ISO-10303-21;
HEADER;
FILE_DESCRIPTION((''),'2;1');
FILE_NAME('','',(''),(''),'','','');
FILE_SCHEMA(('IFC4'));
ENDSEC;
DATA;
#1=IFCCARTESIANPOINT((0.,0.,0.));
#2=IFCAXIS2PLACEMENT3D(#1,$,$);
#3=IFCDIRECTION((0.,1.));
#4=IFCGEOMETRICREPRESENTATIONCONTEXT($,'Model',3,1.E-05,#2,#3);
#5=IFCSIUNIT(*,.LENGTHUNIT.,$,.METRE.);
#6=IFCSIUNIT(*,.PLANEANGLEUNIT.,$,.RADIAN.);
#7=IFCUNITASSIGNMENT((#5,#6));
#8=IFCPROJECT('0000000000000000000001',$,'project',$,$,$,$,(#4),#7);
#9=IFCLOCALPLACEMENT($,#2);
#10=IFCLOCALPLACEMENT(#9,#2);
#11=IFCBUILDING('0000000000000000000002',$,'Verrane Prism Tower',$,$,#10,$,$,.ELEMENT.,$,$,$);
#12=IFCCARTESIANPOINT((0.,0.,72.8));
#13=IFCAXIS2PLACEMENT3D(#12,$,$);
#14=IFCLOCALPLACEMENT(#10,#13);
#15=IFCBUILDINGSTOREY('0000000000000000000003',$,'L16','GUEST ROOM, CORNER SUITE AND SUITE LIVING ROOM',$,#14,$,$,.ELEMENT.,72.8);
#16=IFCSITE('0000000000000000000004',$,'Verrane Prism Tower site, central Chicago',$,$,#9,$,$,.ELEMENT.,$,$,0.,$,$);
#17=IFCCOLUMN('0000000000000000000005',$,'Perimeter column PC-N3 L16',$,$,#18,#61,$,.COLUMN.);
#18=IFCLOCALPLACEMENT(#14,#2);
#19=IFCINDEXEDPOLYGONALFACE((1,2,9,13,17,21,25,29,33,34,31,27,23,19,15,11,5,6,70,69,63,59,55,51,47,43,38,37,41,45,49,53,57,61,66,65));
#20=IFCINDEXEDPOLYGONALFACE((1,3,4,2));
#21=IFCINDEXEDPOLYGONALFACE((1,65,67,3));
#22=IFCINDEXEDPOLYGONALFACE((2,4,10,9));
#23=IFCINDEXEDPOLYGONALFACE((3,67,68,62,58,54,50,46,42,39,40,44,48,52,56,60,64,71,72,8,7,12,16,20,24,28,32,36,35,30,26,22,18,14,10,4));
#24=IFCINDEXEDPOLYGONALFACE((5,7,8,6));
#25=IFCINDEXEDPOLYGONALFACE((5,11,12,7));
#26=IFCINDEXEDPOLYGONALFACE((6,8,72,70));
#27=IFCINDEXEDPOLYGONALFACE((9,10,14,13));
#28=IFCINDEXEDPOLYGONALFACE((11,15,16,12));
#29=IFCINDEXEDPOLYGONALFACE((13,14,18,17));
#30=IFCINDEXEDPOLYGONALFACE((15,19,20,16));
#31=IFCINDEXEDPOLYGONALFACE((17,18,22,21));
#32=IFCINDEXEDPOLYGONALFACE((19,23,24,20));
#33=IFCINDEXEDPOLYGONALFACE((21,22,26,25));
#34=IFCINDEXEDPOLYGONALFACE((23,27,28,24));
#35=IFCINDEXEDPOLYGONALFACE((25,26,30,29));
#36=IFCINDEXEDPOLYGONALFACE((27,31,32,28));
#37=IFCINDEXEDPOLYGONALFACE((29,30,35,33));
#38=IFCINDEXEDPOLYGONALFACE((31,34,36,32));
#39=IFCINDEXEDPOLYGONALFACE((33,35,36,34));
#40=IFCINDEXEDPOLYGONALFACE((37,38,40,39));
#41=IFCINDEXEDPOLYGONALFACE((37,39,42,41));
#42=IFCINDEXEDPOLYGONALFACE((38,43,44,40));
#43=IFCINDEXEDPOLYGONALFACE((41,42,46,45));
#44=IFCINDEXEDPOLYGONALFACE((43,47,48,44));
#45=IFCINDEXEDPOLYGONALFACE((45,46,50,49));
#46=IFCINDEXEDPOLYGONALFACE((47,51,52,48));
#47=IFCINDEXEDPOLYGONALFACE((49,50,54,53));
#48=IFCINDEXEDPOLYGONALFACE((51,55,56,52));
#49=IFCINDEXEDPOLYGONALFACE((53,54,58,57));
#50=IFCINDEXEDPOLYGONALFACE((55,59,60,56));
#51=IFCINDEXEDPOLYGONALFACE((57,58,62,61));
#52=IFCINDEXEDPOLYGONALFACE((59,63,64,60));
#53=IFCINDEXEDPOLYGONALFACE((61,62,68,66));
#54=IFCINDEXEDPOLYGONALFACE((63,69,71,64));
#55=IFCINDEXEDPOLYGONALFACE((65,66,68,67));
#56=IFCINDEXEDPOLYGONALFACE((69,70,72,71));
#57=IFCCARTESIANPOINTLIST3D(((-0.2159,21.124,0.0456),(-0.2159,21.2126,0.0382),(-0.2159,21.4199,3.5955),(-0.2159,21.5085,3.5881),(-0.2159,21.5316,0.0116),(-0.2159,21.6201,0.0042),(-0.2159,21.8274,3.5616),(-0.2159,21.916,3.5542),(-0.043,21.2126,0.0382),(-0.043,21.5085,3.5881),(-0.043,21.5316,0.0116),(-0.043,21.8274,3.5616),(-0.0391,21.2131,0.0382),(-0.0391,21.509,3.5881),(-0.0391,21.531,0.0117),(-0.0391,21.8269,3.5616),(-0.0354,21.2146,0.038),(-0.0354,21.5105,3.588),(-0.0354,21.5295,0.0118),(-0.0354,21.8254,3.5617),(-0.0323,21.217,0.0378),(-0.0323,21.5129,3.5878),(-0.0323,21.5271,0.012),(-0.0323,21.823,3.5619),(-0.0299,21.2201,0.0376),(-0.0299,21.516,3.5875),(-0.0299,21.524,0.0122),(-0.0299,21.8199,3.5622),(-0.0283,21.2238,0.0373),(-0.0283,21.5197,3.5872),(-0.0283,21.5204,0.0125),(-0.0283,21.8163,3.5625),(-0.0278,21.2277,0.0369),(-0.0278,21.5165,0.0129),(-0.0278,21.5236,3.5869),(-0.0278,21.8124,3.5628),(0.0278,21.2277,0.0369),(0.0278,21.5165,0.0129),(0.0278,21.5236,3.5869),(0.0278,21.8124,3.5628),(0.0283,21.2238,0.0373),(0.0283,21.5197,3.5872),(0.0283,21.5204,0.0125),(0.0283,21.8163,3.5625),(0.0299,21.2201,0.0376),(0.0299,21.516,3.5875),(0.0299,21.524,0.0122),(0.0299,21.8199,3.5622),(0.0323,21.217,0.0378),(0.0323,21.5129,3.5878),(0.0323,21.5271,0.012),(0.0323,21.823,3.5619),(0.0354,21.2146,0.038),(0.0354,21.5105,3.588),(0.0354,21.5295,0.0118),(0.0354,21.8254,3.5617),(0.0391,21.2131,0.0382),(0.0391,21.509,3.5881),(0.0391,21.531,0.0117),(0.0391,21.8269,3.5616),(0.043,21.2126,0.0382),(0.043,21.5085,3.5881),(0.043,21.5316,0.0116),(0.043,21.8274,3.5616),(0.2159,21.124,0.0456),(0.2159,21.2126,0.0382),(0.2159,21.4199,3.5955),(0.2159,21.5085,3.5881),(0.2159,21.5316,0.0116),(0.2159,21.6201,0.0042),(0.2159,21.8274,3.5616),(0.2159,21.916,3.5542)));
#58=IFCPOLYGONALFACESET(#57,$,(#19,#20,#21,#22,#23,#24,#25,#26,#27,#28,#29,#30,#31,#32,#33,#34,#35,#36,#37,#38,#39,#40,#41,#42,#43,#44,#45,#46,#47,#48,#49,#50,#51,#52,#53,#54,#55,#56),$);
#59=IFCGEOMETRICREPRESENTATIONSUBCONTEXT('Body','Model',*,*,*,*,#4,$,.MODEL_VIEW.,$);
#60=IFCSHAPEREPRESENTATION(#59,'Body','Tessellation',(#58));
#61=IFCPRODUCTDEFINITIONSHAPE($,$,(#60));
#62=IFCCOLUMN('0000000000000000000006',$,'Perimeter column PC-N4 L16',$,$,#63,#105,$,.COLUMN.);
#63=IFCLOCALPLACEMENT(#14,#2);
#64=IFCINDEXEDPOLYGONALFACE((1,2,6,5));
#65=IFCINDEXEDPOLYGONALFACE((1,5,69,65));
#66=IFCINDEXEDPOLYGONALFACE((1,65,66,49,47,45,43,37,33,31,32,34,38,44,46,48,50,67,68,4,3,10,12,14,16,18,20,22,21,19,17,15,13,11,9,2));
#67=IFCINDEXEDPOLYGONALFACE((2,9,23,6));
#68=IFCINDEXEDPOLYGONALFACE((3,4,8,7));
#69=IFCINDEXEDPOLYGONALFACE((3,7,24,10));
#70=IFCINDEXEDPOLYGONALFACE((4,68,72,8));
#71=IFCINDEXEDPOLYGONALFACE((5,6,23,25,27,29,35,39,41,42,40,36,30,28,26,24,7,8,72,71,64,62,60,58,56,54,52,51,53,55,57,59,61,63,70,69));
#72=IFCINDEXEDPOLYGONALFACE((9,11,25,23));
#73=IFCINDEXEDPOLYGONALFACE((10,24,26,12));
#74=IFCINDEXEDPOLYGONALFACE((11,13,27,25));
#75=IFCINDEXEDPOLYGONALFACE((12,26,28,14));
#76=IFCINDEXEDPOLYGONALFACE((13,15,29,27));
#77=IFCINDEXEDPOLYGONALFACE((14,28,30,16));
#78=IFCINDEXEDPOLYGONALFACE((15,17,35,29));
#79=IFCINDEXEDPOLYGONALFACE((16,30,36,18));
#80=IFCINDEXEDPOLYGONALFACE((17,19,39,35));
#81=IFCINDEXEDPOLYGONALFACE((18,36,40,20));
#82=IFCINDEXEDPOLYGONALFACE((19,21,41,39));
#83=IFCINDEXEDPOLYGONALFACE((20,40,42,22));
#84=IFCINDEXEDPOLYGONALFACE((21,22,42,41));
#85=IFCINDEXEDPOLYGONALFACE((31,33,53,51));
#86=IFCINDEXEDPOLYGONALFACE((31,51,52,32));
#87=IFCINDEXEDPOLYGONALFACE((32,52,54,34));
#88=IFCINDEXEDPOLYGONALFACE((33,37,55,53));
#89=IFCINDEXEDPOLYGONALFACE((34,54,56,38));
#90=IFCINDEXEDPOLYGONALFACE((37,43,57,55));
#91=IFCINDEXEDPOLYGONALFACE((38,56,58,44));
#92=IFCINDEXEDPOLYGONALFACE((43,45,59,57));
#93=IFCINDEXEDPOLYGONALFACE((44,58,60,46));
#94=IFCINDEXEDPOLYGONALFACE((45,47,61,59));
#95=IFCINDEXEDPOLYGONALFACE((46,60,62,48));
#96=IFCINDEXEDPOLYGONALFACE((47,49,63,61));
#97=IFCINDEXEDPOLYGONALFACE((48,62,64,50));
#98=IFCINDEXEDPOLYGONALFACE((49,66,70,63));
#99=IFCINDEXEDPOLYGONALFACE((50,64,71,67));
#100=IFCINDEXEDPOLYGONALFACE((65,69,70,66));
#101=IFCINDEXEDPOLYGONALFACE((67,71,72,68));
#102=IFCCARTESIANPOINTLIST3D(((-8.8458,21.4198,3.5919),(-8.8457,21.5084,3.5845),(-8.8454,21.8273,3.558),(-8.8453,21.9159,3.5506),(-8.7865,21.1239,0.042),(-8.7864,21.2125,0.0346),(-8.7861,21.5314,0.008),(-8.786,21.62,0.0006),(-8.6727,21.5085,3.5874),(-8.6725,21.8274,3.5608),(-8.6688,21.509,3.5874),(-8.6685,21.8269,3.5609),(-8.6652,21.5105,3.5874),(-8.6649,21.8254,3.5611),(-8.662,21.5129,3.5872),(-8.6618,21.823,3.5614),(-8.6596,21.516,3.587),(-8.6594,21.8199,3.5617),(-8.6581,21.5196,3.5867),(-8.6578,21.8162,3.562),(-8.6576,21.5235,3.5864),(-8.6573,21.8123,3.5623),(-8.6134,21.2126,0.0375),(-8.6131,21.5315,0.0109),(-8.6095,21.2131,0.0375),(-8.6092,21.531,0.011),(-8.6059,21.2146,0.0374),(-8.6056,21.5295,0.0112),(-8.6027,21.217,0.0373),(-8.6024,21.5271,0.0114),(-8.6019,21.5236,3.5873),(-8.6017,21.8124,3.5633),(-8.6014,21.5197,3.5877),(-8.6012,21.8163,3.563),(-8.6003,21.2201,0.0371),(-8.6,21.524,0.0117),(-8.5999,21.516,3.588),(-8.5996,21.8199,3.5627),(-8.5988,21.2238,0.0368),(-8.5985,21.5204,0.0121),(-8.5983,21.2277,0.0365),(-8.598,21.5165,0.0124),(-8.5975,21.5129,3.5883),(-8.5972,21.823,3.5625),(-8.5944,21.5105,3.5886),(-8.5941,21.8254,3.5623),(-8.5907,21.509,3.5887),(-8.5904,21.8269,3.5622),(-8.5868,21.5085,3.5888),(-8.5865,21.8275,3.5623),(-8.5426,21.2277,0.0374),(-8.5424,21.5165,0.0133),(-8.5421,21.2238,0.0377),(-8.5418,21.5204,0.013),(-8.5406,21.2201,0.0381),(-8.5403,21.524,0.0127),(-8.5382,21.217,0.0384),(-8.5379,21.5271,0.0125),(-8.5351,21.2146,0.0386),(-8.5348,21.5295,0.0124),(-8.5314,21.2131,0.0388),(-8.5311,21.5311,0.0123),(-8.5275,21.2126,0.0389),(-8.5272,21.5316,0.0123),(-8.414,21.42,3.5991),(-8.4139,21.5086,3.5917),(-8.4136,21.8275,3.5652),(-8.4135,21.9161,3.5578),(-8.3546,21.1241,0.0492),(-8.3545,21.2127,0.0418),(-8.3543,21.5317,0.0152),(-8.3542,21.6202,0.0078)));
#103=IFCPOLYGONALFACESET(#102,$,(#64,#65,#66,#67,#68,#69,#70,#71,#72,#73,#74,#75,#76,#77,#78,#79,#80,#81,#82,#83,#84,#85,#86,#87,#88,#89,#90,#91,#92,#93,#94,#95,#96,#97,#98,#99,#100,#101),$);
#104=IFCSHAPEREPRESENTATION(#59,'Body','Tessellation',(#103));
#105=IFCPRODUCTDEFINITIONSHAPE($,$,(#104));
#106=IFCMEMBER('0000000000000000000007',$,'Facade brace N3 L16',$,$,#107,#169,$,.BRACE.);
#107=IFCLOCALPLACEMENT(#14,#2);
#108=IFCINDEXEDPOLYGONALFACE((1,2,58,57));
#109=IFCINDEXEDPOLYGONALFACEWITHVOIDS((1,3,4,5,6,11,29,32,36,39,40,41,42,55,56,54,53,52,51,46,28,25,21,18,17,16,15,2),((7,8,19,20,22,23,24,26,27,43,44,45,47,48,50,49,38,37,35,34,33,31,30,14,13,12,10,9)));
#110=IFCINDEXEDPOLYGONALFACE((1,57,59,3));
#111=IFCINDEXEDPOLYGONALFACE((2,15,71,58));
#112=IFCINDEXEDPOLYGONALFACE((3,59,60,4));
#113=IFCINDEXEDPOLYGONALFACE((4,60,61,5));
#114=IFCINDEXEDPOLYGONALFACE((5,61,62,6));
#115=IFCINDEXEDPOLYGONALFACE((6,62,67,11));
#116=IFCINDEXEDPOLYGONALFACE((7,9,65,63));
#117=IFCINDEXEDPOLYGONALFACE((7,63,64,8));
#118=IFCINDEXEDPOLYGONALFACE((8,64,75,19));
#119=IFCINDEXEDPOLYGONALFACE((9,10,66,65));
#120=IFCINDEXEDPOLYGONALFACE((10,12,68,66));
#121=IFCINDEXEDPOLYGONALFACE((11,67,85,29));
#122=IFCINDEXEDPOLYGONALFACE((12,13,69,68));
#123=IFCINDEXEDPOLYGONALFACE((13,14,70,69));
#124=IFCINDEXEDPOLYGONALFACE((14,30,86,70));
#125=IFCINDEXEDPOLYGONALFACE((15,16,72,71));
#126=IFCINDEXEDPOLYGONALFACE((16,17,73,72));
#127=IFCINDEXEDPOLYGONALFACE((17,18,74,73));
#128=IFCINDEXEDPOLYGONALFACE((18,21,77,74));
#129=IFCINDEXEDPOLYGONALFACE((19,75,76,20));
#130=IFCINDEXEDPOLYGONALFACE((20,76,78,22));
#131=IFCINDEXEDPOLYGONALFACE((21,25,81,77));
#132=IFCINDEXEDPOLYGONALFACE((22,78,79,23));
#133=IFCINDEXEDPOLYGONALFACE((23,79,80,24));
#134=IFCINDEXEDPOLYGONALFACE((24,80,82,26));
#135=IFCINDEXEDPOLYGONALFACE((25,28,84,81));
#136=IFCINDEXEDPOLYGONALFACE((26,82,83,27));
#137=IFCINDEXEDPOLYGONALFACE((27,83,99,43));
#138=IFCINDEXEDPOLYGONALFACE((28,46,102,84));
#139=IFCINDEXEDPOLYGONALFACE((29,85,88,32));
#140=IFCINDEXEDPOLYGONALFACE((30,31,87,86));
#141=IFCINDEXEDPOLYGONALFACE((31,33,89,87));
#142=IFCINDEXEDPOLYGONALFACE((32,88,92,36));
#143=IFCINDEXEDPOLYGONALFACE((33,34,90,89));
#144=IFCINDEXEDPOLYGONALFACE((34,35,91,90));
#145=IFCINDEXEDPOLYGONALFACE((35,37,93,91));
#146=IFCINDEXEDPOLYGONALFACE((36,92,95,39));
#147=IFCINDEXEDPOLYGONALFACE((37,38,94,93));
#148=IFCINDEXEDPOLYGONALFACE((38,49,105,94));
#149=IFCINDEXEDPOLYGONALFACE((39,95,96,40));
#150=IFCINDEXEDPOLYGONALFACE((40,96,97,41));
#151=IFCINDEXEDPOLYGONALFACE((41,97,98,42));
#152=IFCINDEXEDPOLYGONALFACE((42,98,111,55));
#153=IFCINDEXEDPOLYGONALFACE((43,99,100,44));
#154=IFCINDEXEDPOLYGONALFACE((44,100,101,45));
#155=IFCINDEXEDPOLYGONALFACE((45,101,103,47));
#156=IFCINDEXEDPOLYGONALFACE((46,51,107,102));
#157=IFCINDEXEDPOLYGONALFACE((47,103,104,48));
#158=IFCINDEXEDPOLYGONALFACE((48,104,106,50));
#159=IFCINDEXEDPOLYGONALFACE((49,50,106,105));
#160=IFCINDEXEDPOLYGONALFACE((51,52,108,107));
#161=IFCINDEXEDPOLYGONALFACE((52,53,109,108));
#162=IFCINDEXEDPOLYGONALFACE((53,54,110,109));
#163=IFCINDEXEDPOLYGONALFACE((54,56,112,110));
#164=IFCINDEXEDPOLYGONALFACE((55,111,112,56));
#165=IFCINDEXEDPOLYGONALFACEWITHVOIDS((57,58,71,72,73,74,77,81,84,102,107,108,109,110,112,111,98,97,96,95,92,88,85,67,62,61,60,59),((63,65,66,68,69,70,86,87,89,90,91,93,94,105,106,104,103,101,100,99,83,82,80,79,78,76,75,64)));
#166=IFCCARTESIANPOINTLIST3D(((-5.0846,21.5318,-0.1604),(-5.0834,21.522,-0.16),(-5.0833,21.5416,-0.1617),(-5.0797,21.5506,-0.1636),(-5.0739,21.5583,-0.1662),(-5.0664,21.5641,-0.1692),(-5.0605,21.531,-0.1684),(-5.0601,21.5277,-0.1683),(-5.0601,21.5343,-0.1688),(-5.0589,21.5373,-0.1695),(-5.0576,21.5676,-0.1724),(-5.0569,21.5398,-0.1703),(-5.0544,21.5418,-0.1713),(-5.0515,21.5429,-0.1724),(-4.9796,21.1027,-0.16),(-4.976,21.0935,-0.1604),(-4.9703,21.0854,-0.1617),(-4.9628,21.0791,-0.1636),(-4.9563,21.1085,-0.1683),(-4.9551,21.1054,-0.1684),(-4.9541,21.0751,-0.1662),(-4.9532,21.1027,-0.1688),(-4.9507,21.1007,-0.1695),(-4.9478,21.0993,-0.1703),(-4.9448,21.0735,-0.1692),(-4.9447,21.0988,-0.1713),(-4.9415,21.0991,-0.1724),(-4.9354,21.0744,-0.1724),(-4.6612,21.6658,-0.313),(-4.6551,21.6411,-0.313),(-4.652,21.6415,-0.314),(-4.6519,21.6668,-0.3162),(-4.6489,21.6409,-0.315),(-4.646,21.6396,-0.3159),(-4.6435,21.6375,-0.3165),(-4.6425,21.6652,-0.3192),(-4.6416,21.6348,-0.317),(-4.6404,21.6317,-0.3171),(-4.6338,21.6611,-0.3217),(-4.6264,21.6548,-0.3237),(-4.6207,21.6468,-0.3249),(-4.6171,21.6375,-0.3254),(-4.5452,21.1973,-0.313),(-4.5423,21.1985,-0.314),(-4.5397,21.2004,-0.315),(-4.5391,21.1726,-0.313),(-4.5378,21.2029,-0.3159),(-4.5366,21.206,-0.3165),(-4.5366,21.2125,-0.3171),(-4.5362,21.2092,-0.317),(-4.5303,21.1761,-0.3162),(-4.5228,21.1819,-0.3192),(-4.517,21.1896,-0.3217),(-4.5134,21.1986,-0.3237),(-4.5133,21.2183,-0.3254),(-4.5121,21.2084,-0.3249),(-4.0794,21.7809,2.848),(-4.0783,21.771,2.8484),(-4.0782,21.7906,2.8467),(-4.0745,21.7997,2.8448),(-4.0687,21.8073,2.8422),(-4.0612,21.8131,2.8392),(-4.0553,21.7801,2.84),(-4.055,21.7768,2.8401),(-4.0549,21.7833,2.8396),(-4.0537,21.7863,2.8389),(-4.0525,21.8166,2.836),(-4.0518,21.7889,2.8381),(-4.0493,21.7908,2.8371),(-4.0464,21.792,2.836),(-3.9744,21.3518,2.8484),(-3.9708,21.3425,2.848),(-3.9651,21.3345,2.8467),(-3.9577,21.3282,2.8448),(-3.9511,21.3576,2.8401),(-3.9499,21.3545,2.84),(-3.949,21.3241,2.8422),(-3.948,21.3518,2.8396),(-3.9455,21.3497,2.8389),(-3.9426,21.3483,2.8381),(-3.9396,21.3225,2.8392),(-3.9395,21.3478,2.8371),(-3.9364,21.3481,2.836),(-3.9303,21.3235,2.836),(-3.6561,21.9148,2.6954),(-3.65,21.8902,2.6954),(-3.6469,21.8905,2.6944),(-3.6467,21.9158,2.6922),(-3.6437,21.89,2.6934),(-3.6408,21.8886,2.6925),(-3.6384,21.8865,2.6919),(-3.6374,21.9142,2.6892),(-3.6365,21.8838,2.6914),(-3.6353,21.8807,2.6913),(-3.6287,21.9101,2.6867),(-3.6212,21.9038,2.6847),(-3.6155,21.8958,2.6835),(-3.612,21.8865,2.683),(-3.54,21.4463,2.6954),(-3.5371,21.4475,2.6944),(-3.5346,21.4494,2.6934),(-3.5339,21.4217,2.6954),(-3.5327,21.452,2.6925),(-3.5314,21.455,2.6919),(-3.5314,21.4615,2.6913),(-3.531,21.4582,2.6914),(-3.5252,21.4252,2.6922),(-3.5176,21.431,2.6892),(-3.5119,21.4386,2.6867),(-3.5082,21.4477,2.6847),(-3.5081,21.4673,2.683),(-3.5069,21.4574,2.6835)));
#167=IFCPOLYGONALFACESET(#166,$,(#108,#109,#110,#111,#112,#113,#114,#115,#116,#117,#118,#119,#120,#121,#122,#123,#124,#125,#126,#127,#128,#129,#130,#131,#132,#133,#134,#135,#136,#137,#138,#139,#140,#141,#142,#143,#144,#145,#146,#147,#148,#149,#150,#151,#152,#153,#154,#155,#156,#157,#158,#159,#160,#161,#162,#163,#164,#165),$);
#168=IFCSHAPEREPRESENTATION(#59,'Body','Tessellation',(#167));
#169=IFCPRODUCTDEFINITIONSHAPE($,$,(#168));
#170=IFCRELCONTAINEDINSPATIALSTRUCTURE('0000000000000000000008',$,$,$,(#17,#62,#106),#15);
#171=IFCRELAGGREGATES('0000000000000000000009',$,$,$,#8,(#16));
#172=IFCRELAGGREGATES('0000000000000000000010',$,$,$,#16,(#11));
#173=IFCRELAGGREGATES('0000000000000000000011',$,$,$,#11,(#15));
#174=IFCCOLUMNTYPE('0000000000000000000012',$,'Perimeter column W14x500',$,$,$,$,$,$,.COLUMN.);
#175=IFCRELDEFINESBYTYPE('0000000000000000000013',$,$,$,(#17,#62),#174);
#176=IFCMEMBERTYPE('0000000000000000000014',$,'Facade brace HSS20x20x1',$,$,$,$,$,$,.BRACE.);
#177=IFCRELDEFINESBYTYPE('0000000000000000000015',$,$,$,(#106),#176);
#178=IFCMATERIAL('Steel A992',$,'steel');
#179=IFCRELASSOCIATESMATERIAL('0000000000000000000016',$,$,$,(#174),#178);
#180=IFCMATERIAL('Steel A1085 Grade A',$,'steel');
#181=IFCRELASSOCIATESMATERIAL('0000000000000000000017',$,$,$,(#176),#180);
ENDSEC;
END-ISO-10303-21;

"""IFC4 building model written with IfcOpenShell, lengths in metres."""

from ifc_helpers import new_model, si_unit, direction, frame, origin, origin_2d, place, context, subcontext, project, spatial, hollow_rectangle, i_section, extrude, material, material_profile, profile_set, type_object, element, save


model = new_model("IFC4")

# Units and contexts
model_context = context("Model", 3, precision=1e-05, world=origin(), true_north=direction((0.0, 1.0)))
body_context = subcontext(model_context, "Body", "Model", "MODEL_VIEW")
ifc_project = project(units=[si_unit("LENGTHUNIT", "METRE"), si_unit("PLANEANGLEUNIT", "RADIAN")], contexts=[model_context])

# Site, building, storey
site_placement = place(None, origin())
site = spatial("IfcSite", under=ifc_project, at=site_placement, Name="Verrane Prism Tower site, central Chicago", CompositionType="ELEMENT", RefElevation=0.0)
building_placement = place(site_placement, origin())
building = spatial("IfcBuilding", under=site, at=building_placement, Name="Verrane Prism Tower", CompositionType="ELEMENT")
storey_placement = place(building_placement, frame((0.0, 0.0, 72.8)))
storey = spatial("IfcBuildingStorey", under=building, at=storey_placement, Name="L16", Description="GUEST ROOM, CORNER SUITE AND SUITE LIVING ROOM", CompositionType="ELEMENT", Elevation=72.8)

# Columns
ifc_material_1 = material(Name="Steel A992", Category="steel")
ifc_material_profile_1 = material_profile(ifc_material_1, i_section(OverallWidth=0.4319, OverallDepth=0.4978, WebThickness=0.0557, FlangeThickness=0.0889, FilletRadius=0.0151, at=origin_2d()), Name="W14x500")
ifc_profile_set_1 = profile_set([ifc_material_profile_1], Name="Steel A992")
column_type = type_object("IfcColumnType", Name="Perimeter column W14x500", PredefinedType="COLUMN", material=ifc_profile_set_1)
column_1_placement = place(storey_placement, frame((0.0, 21.3721, 0.0249), z_axis=(0.0, 0.083062, 0.996544), x_axis=(1.0, 0.0, 0.0)))
element("IfcColumn", 1, at=column_1_placement, inside=storey, type_object=column_type, Name="Perimeter column PC-N3 L16", PredefinedType="COLUMN", context=body_context, shape_type="SweptSolid", body=[
    extrude(i_section(OverallWidth=0.4319, OverallDepth=0.4978, WebThickness=0.0557, FlangeThickness=0.0889, FilletRadius=0.0151, at=origin_2d()), origin(), (0.0, 0.0, 1.0), 3.5623),
])
column_2_placement = place(storey_placement, frame((-8.5703, 21.3721, 0.0249), z_axis=(-0.016651, 0.083051, 0.996406), x_axis=(0.999861, 0.000477, 0.016669)))
element("IfcColumn", 2, at=column_2_placement, inside=storey, type_object=column_type, Name="Perimeter column PC-N4 L16", PredefinedType="COLUMN", context=body_context, shape_type="SweptSolid", body=[
    extrude(i_section(OverallWidth=0.4319, OverallDepth=0.4978, WebThickness=0.0557, FlangeThickness=0.0889, FilletRadius=0.0151, at=origin_2d()), origin(), (0.0, 0.0, 1.0), 3.5627),
])

# Member
ifc_material_2 = material(Name="Steel A1085 Grade A", Category="steel")
ifc_material_profile_2 = material_profile(ifc_material_2, hollow_rectangle(XDim=0.5081, YDim=0.5081, WallThickness=0.0254, InnerFilletRadius=0.0127, OuterFilletRadius=0.0381, at=origin_2d()), Name="HSS20x20x1")
ifc_profile_set_2 = profile_set([ifc_material_profile_2], Name="Steel A1085 Grade A")
member_type_1 = type_object("IfcMemberType", Name="Facade brace HSS20x20x1", PredefinedType="BRACE", material=ifc_profile_set_2)
member_1_placement = place(storey_placement, frame((-4.7983, 21.3701, -0.2427), z_axis=(0.315925, 0.078271, 0.94555), x_axis=(-0.240483, 0.970653, 0.0)))
element("IfcMember", 3, at=member_1_placement, inside=storey, type_object=member_type_1, Name="Facade brace N3 L16", PredefinedType="BRACE", context=body_context, shape_type="SweptSolid", body=[
    extrude(hollow_rectangle(XDim=0.5081, YDim=0.5081, WallThickness=0.0254, InnerFilletRadius=0.0127, OuterFilletRadius=0.0381, at=origin_2d()), origin(), (0.0, 0.0, 1.0), 3.1816),
])

save(model, "model.ifc")
